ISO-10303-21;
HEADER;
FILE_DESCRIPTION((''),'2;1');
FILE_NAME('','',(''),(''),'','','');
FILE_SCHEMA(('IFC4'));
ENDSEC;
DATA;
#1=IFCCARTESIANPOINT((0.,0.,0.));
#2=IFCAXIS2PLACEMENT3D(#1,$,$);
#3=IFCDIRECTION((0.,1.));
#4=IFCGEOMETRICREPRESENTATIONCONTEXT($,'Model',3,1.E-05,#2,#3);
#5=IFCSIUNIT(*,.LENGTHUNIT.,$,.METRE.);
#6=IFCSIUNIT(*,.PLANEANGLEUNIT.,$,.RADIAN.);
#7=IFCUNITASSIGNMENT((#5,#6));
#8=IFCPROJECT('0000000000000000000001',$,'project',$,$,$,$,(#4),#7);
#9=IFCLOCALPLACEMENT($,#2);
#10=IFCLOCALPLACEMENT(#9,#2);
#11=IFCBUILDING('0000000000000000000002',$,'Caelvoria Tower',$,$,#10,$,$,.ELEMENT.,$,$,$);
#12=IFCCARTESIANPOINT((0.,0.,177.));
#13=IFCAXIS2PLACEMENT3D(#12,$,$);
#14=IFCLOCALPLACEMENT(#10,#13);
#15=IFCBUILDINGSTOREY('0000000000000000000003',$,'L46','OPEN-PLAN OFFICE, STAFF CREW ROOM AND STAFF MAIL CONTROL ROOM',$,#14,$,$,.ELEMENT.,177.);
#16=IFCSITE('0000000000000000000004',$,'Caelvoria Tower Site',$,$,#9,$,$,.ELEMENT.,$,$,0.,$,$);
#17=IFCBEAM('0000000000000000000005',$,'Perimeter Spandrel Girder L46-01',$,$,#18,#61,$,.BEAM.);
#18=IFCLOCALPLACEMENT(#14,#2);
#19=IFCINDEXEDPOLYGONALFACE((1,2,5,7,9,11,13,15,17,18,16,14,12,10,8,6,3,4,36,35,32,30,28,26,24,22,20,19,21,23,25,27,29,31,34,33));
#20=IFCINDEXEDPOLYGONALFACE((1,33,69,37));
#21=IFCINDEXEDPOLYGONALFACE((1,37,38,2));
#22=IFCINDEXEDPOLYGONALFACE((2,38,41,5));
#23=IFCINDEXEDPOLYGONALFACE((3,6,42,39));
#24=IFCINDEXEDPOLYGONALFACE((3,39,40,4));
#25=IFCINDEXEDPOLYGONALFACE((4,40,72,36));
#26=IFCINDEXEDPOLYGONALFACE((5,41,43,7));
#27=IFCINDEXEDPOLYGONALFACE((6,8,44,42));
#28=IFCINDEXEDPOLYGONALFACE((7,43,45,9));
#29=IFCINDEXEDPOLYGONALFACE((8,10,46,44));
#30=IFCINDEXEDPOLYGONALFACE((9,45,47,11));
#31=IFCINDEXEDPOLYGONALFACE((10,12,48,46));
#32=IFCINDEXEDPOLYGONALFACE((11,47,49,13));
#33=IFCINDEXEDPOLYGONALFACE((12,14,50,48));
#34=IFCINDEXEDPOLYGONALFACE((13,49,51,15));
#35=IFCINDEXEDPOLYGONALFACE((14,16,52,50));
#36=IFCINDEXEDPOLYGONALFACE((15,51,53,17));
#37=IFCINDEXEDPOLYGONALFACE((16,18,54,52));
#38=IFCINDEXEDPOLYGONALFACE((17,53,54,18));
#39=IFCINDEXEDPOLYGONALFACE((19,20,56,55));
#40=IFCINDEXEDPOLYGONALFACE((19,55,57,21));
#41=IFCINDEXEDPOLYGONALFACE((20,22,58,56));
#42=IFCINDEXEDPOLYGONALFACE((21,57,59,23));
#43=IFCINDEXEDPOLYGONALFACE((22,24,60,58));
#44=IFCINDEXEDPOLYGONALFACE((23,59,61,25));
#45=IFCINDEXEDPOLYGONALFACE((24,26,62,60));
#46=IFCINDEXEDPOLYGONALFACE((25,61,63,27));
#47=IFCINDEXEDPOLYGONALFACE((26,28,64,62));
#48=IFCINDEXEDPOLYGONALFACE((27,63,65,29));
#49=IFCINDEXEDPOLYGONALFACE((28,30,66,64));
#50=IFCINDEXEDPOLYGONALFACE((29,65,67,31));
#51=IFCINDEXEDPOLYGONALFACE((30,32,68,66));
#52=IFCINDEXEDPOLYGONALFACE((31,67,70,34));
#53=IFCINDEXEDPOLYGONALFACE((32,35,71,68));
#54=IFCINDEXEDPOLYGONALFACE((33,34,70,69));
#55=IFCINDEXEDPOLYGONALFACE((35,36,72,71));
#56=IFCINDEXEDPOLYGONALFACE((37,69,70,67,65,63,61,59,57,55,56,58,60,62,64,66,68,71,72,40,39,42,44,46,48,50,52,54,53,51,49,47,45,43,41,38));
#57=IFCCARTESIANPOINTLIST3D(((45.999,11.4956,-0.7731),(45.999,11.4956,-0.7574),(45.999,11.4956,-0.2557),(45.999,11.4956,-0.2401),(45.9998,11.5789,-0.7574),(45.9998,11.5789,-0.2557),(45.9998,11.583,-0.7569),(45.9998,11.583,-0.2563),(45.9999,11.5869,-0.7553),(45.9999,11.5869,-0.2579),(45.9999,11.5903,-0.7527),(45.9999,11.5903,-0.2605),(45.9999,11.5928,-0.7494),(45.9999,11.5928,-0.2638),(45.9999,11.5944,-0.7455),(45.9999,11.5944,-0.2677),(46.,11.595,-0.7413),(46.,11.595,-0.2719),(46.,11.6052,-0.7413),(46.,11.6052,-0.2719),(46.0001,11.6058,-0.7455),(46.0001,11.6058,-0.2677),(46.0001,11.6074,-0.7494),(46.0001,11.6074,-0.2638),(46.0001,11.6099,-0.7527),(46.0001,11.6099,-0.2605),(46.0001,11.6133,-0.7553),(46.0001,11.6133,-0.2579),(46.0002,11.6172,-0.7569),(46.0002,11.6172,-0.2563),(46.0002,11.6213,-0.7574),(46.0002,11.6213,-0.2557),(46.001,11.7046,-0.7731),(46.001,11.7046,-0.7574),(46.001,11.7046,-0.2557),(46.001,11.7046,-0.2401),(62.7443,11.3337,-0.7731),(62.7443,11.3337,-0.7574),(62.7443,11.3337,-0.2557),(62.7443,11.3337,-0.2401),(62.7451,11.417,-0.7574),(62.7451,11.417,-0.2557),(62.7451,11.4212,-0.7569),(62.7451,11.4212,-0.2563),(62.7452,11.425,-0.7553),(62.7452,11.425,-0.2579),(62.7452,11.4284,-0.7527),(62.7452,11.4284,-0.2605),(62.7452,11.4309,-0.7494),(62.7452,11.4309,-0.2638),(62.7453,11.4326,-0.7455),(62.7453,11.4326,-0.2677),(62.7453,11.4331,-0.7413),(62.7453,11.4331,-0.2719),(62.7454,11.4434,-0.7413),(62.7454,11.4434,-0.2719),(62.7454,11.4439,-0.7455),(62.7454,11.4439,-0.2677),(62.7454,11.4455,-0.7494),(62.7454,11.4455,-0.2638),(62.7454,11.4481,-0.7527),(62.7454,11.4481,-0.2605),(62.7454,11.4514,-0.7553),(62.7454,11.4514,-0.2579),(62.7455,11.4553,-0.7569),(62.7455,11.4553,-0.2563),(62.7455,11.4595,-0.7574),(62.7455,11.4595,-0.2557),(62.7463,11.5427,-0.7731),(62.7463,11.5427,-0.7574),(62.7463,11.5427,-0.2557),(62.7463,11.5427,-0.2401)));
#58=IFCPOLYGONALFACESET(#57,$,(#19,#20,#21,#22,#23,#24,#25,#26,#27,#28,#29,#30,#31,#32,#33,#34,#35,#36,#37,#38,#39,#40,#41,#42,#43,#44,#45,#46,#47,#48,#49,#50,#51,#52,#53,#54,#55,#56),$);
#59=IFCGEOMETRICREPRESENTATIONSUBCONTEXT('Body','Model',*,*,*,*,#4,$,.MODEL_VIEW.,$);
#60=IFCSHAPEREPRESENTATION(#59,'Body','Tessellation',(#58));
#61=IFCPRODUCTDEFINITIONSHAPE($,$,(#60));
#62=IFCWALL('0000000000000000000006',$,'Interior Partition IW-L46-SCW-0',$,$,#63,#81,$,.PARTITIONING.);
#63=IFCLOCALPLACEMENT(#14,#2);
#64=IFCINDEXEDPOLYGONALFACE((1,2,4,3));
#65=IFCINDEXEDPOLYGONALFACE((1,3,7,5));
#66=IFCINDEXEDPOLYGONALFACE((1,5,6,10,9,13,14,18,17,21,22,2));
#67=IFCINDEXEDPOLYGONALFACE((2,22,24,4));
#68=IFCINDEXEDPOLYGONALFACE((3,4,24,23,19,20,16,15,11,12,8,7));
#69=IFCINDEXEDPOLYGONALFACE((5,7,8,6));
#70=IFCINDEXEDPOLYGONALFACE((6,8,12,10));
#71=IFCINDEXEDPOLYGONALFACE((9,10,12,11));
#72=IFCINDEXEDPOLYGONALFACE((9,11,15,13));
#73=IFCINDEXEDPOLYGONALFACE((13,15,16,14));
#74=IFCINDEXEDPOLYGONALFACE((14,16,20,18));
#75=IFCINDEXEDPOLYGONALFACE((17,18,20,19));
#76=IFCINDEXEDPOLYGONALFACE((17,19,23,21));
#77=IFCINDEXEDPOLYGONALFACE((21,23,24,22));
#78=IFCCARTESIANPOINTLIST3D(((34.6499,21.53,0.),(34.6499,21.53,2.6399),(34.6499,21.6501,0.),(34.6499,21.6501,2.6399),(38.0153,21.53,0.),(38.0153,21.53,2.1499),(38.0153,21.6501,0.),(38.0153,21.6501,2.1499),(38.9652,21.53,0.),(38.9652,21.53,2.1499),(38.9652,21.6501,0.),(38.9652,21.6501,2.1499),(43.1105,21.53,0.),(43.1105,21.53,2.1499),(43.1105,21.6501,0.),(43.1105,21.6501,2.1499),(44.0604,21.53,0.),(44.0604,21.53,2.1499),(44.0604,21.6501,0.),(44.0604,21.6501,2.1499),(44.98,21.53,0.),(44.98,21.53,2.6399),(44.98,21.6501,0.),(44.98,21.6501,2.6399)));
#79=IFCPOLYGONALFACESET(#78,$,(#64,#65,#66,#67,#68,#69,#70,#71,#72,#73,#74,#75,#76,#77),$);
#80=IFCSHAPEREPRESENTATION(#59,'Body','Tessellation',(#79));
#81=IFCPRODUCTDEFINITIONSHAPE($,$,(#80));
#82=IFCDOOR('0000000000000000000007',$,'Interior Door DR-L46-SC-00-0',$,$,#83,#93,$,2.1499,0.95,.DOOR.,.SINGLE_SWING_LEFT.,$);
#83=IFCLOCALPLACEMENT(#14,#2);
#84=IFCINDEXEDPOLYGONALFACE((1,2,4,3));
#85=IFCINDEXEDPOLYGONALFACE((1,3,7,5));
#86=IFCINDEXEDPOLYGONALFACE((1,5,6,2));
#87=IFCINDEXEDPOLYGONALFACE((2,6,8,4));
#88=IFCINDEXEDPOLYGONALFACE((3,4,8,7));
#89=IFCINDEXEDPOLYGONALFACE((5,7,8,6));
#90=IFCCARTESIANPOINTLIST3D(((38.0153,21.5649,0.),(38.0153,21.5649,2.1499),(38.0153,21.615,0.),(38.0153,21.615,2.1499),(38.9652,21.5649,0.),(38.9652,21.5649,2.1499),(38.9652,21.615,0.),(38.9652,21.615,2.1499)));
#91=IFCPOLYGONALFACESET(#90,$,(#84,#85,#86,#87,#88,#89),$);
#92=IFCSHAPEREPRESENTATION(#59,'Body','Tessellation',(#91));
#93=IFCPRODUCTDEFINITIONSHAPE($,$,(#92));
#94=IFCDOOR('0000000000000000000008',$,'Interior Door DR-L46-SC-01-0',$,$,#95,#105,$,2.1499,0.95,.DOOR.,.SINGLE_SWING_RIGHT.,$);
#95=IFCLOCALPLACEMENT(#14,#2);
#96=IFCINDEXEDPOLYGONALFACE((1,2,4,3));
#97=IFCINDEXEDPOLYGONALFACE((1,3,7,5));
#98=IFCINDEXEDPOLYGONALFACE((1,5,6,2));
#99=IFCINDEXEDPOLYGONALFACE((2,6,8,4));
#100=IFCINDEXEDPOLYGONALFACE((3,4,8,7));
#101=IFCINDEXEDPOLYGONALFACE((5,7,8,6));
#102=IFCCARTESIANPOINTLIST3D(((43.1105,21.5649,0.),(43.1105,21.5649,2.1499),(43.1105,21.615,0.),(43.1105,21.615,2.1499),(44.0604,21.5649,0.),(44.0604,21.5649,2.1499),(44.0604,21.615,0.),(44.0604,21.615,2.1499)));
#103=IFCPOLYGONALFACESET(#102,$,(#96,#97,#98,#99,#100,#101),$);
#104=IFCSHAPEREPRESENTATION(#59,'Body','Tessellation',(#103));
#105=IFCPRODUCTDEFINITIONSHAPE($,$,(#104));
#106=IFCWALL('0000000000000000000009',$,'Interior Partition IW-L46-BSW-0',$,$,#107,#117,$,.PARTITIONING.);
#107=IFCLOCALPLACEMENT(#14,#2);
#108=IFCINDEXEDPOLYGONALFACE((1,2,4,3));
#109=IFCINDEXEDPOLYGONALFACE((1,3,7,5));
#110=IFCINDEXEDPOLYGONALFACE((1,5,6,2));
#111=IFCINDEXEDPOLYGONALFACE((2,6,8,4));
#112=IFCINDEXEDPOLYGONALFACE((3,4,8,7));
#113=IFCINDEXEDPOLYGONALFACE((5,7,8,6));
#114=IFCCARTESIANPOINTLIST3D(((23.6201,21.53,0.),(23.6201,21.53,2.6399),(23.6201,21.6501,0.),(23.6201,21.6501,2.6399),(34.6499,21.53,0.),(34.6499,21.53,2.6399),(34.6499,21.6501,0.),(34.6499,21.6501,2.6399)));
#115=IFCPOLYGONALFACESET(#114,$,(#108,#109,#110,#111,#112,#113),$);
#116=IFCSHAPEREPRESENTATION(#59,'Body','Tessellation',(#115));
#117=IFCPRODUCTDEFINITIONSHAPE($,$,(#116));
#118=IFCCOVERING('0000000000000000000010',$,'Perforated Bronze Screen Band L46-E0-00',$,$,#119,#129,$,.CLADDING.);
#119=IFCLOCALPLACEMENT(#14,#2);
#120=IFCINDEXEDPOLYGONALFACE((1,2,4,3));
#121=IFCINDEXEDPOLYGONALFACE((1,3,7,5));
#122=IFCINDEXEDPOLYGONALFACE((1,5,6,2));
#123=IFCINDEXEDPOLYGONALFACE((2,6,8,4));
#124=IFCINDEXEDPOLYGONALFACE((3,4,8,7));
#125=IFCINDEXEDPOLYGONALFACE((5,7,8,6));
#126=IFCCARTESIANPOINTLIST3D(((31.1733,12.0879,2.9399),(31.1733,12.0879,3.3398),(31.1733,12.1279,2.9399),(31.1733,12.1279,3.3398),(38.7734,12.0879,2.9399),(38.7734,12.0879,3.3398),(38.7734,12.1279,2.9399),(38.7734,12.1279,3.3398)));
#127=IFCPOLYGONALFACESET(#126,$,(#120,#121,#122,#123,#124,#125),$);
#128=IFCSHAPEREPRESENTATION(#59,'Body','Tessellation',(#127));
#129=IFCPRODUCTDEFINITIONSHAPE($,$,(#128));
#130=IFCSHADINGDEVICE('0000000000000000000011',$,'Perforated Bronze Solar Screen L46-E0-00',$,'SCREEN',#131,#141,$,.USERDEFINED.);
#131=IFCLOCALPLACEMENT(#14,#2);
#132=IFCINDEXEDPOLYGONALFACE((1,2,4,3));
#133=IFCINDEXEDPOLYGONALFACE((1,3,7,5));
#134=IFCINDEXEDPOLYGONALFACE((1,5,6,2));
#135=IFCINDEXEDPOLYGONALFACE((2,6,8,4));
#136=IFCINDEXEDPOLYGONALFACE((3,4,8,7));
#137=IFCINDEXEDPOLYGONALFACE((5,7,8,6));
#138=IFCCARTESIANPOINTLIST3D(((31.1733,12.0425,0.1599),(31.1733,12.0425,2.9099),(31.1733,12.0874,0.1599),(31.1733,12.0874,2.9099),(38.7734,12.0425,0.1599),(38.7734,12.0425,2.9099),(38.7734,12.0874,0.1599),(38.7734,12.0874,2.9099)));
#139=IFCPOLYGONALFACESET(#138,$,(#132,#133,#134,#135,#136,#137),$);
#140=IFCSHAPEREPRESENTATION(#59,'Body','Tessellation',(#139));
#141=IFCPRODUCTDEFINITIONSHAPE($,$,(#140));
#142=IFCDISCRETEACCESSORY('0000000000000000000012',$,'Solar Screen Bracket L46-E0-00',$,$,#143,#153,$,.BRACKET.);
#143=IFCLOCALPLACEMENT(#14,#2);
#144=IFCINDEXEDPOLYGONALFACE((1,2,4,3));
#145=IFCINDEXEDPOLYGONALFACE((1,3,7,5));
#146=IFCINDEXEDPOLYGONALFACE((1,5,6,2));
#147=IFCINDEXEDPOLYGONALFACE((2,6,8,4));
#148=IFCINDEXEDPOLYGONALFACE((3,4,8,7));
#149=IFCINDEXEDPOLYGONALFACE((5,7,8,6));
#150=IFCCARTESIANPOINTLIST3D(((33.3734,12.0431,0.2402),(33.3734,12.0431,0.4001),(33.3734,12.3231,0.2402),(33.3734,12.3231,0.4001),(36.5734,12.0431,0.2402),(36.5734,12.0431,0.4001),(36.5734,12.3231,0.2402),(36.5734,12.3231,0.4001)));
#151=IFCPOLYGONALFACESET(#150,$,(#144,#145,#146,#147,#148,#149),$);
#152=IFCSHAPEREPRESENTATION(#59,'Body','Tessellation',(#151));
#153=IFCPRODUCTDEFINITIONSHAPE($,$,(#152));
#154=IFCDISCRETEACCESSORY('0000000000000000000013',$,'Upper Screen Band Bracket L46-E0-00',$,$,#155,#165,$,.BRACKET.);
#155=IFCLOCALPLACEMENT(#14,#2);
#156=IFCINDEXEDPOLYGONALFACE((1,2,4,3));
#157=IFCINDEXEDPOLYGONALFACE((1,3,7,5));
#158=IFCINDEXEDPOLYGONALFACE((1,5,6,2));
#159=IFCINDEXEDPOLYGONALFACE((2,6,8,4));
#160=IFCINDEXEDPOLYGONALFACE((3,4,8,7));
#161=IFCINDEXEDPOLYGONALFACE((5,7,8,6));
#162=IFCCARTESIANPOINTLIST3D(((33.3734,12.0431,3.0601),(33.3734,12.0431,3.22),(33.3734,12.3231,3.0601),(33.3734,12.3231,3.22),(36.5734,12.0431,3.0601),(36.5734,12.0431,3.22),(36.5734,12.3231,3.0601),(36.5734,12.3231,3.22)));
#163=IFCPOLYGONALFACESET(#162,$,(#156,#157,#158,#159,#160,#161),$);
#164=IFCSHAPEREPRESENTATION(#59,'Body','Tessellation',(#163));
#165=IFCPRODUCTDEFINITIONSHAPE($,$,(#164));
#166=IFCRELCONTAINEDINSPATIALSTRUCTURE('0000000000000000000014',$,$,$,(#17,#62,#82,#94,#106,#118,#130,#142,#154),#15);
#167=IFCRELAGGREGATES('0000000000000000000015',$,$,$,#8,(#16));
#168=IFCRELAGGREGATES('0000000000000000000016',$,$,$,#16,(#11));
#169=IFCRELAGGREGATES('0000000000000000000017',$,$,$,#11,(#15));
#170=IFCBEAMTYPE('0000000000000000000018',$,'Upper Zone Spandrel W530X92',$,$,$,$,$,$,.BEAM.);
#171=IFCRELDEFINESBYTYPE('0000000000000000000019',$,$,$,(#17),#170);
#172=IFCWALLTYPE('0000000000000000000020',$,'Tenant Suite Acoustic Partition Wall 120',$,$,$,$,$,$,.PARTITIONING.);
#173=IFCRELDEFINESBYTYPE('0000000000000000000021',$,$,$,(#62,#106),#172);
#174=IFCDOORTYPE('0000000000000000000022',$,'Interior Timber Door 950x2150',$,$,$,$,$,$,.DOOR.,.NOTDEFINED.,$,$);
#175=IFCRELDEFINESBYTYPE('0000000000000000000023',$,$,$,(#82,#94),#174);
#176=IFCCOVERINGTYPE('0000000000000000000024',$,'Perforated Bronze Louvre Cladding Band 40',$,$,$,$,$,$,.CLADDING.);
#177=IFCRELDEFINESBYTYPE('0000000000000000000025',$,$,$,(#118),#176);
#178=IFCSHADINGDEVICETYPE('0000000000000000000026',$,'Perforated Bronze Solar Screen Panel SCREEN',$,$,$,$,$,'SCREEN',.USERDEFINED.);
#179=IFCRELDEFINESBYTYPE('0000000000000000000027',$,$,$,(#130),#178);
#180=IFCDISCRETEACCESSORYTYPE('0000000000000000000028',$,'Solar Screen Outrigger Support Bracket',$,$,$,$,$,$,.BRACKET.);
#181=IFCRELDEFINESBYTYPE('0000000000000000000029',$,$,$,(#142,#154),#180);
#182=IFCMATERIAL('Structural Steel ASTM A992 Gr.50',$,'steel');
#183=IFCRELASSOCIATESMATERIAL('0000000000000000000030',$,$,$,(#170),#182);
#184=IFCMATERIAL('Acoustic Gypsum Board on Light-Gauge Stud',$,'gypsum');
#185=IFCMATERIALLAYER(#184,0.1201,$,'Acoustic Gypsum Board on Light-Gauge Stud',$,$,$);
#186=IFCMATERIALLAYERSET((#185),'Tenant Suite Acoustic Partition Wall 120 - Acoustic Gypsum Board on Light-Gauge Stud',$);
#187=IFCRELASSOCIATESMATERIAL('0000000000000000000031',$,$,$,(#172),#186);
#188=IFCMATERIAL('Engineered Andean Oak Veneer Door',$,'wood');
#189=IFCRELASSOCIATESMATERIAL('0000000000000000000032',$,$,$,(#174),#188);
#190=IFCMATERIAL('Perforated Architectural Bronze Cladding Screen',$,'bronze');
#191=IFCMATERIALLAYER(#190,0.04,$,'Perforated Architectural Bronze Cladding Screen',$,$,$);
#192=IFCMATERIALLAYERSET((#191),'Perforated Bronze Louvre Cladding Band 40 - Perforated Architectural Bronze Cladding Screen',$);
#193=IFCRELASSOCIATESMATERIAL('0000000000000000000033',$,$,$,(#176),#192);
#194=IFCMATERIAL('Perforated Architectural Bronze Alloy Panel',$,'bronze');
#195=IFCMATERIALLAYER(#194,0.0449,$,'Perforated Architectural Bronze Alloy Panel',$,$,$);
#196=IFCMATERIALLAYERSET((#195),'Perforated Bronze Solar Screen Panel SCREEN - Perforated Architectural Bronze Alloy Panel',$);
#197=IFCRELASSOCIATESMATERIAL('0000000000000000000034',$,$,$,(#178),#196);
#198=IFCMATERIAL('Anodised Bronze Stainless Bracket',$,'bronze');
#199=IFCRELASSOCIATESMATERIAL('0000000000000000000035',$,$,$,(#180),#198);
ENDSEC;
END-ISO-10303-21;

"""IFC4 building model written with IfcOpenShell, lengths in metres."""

from ifc_helpers import new_model, si_unit, direction, frame, frame_2d, origin, origin_2d, place, context, subcontext, project, spatial, rectangle, i_section, extrude, material, layer, layer_set, material_profile, profile_set, type_object, element, fill, save


model = new_model("IFC4")

# Units and contexts
model_context = context("Model", 3, precision=1e-05, world=origin(), true_north=direction((0.0, 1.0)))
body_context = subcontext(model_context, "Body", "Model", "MODEL_VIEW")
ifc_project = project(units=[si_unit("LENGTHUNIT", "METRE"), si_unit("PLANEANGLEUNIT", "RADIAN")], contexts=[model_context])

# Site, building, storey
site_placement = place(None, origin())
site = spatial("IfcSite", under=ifc_project, at=site_placement, Name="Caelvoria Tower Site", CompositionType="ELEMENT", RefElevation=0.0)
building_placement = place(site_placement, origin())
building = spatial("IfcBuilding", under=site, at=building_placement, Name="Caelvoria Tower", CompositionType="ELEMENT")
storey_placement = place(building_placement, frame((0.0, 0.0, 177.0)))
storey = spatial("IfcBuildingStorey", under=building, at=storey_placement, Name="L46", Description="OPEN-PLAN OFFICE, STAFF CREW ROOM AND STAFF MAIL CONTROL ROOM", CompositionType="ELEMENT", Elevation=177.0)

# Shared definitions
ifc_material_1 = material(Name="Structural Steel ASTM A992 Gr.50", Category="steel")

# Beam
ifc_material_profile_1 = material_profile(ifc_material_1, i_section(OverallWidth=0.209, OverallDepth=0.533, WebThickness=0.0103, FlangeThickness=0.0156, FilletRadius=0.0161, at=origin_2d()), Name="Structural Steel ASTM A992 Gr.50")
ifc_profile_set_1 = profile_set([ifc_material_profile_1], Name="W530X92 - Structural Steel ASTM A992 Gr.50")
beam_type_1 = type_object("IfcBeamType", Name="Upper Zone Spandrel W530X92", PredefinedType="BEAM", material=ifc_profile_set_1)
for number, where, z_axis, x_axis, name in (
    (1, (46.0, 11.6001, -0.5066), (0.999953, -0.009666, 0.0), (0.009666, 0.999953, 0.0), "Perimeter Spandrel Girder L46-01"),
):
    element("IfcBeam", number, at=place(storey_placement, frame(where, z_axis=z_axis, x_axis=x_axis)), inside=storey, type_object=beam_type_1, Name=name, PredefinedType="BEAM", context=body_context, shape_type="SweptSolid", body=[
        extrude(i_section(OverallWidth=0.209, OverallDepth=0.533, WebThickness=0.0103, FlangeThickness=0.0156, FilletRadius=0.0161, at=origin_2d()), origin(), (0.0, 0.0, 1.0), 16.7461),
    ])

# Wall, openings, doors
ifc_material_2 = material(Name="Acoustic Gypsum Board on Light-Gauge Stud", Category="gypsum")
ifc_layer_1 = layer(ifc_material_2, 0.1201, Name="Acoustic Gypsum Board on Light-Gauge Stud")
ifc_layer_set_1 = layer_set([ifc_layer_1], Name="Tenant Suite Acoustic Partition Wall 120 - Acoustic Gypsum Board on Light-Gauge Stud")
wall_type = type_object("IfcWallType", Name="Tenant Suite Acoustic Partition Wall 120", PredefinedType="PARTITIONING", material=ifc_layer_set_1)
wall_1_placement = place(storey_placement, frame((34.6499, 21.5901, 0.0), z_axis=(0.0, 0.0, 1.0), x_axis=(1.0, 0.0, 0.0)))
wall_1 = element("IfcWall", 2, at=wall_1_placement, inside=storey, type_object=wall_type, Name="Interior Partition IW-L46-SCW-0", PredefinedType="PARTITIONING", context=body_context, shape_type="SweptSolid", body=[
    extrude(rectangle(XDim=10.3301, YDim=0.1201, at=frame_2d((5.165, 0.0))), origin(), (0.0, 0.0, 1.0), 2.6399),
])
opening_1_placement = place(wall_1_placement, frame((3.3652, 0.0, 0.0)))
opening_1 = element("IfcOpeningElement", 3, at=opening_1_placement, cuts=wall_1, PredefinedType="OPENING", context=body_context, shape_type="SweptSolid", body=[
    extrude(rectangle(XDim=0.95, YDim=2.1499, at=frame_2d((0.4751, 1.075))), frame((0.0, 0.0701, 0.0), z_axis=(0.0, -1.0, 0.0), x_axis=(1.0, 0.0, 0.0)), (0.0, 0.0, 1.0), 0.1401),
])
opening_2_placement = place(wall_1_placement, frame((8.4604, 0.0, 0.0)))
opening_2 = element("IfcOpeningElement", 4, at=opening_2_placement, cuts=wall_1, PredefinedType="OPENING", context=body_context, shape_type="SweptSolid", body=[
    extrude(rectangle(XDim=0.95, YDim=2.1499, at=frame_2d((0.4751, 1.075))), frame((0.0, 0.0701, 0.0), z_axis=(0.0, -1.0, 0.0), x_axis=(1.0, 0.0, 0.0)), (0.0, 0.0, 1.0), 0.1401),
])
ifc_material_3 = material(Name="Engineered Andean Oak Veneer Door", Category="wood")
door_type = type_object("IfcDoorType", Name="Interior Timber Door 950x2150", OperationType="NOTDEFINED", PredefinedType="DOOR", material=ifc_material_3)
door_1_placement = place(opening_1_placement, origin())
door_1 = element("IfcDoor", 5, at=door_1_placement, inside=storey, type_object=door_type, Name="Interior Door DR-L46-SC-00-0", OperationType="SINGLE_SWING_LEFT", OverallHeight=2.1499, OverallWidth=0.95, PredefinedType="DOOR", context=body_context, shape_type="SweptSolid", body=[
    extrude(rectangle(XDim=0.95, YDim=2.1499, at=frame_2d((0.4751, 1.075))), frame((0.0, 0.0249, 0.0), z_axis=(0.0, -1.0, 0.0), x_axis=(1.0, 0.0, 0.0)), (0.0, 0.0, 1.0), 0.05),
])
fill(opening_1, door_1)
door_2_placement = place(opening_2_placement, origin())
door_2 = element("IfcDoor", 6, at=door_2_placement, inside=storey, type_object=door_type, Name="Interior Door DR-L46-SC-01-0", OperationType="SINGLE_SWING_RIGHT", OverallHeight=2.1499, OverallWidth=0.95, PredefinedType="DOOR", context=body_context, shape_type="SweptSolid", body=[
    extrude(rectangle(XDim=0.95, YDim=2.1499, at=frame_2d((0.4751, 1.075))), frame((0.0, 0.0249, 0.0), z_axis=(0.0, -1.0, 0.0), x_axis=(1.0, 0.0, 0.0)), (0.0, 0.0, 1.0), 0.05),
])
fill(opening_2, door_2)

# Wall
wall_2_placement = place(storey_placement, frame((34.6499, 21.5901, 0.0), z_axis=(0.0, 0.0, 1.0), x_axis=(-1.0, 0.0, 0.0)))
element("IfcWall", 7, at=wall_2_placement, inside=storey, type_object=wall_type, Name="Interior Partition IW-L46-BSW-0", PredefinedType="PARTITIONING", context=body_context, shape_type="SweptSolid", body=[
    extrude(rectangle(XDim=11.0298, YDim=0.1201, at=frame_2d((5.5149, 0.0))), origin(), (0.0, 0.0, 1.0), 2.6399),
])

# Covering
ifc_material_4 = material(Name="Perforated Architectural Bronze Cladding Screen", Category="bronze")
ifc_layer_2 = layer(ifc_material_4, 0.04, Name="Perforated Architectural Bronze Cladding Screen")
ifc_layer_set_2 = layer_set([ifc_layer_2], Name="Perforated Bronze Louvre Cladding Band 40 - Perforated Architectural Bronze Cladding Screen")
covering_type = type_object("IfcCoveringType", Name="Perforated Bronze Louvre Cladding Band 40", PredefinedType="CLADDING", material=ifc_layer_set_2)
covering_placement = place(storey_placement, frame((34.9734, 12.1079, 2.9399), z_axis=(0.0, 0.0, 1.0), x_axis=(1.0, 0.0, 0.0)))
element("IfcCovering", 8, at=covering_placement, inside=storey, type_object=covering_type, Name="Perforated Bronze Screen Band L46-E0-00", PredefinedType="CLADDING", context=body_context, shape_type="SweptSolid", body=[
    extrude(rectangle(XDim=7.6001, YDim=0.04, at=origin_2d()), origin(), (0.0, 0.0, 1.0), 0.3999),
])

# Shading device
ifc_material_5 = material(Name="Perforated Architectural Bronze Alloy Panel", Category="bronze")
ifc_layer_3 = layer(ifc_material_5, 0.0449, Name="Perforated Architectural Bronze Alloy Panel")
ifc_layer_set_3 = layer_set([ifc_layer_3], Name="Perforated Bronze Solar Screen Panel SCREEN - Perforated Architectural Bronze Alloy Panel")
shading_device_type = type_object("IfcShadingDeviceType", Name="Perforated Bronze Solar Screen Panel SCREEN", ElementType="SCREEN", PredefinedType="USERDEFINED", material=ifc_layer_set_3)
shading_device_placement = place(storey_placement, frame((34.9734, 12.0649, 0.1599), z_axis=(0.0, 0.0, 1.0), x_axis=(1.0, 0.0, 0.0)))
element("IfcShadingDevice", 9, at=shading_device_placement, inside=storey, type_object=shading_device_type, Name="Perforated Bronze Solar Screen L46-E0-00", ObjectType="SCREEN", PredefinedType="USERDEFINED", context=body_context, shape_type="SweptSolid", body=[
    extrude(rectangle(XDim=7.6001, YDim=0.0449, at=origin_2d()), origin(), (0.0, 0.0, 1.0), 2.75),
])

# Discrete accessories
ifc_material_6 = material(Name="Anodised Bronze Stainless Bracket", Category="bronze")
discrete_accessory_type = type_object("IfcDiscreteAccessoryType", Name="Solar Screen Outrigger Support Bracket", PredefinedType="BRACKET", material=ifc_material_6)
for number, where, z_axis, x_axis, name in (
    (10, (34.9734, 12.1831, 0.2402), (0.0, 0.0, 1.0), (1.0, 0.0, 0.0), "Solar Screen Bracket L46-E0-00"),
    (11, (34.9734, 12.1831, 3.0601), (0.0, 0.0, 1.0), (1.0, 0.0, 0.0), "Upper Screen Band Bracket L46-E0-00"),
):
    element("IfcDiscreteAccessory", number, at=place(storey_placement, frame(where, z_axis=z_axis, x_axis=x_axis)), inside=storey, type_object=discrete_accessory_type, Name=name, PredefinedType="BRACKET", context=body_context, shape_type="SweptSolid", body=[
        extrude(rectangle(XDim=3.2, YDim=0.28, at=origin_2d()), origin(), (0.0, 0.0, 1.0), 0.1599),
    ])

save(model, "model.ifc")
